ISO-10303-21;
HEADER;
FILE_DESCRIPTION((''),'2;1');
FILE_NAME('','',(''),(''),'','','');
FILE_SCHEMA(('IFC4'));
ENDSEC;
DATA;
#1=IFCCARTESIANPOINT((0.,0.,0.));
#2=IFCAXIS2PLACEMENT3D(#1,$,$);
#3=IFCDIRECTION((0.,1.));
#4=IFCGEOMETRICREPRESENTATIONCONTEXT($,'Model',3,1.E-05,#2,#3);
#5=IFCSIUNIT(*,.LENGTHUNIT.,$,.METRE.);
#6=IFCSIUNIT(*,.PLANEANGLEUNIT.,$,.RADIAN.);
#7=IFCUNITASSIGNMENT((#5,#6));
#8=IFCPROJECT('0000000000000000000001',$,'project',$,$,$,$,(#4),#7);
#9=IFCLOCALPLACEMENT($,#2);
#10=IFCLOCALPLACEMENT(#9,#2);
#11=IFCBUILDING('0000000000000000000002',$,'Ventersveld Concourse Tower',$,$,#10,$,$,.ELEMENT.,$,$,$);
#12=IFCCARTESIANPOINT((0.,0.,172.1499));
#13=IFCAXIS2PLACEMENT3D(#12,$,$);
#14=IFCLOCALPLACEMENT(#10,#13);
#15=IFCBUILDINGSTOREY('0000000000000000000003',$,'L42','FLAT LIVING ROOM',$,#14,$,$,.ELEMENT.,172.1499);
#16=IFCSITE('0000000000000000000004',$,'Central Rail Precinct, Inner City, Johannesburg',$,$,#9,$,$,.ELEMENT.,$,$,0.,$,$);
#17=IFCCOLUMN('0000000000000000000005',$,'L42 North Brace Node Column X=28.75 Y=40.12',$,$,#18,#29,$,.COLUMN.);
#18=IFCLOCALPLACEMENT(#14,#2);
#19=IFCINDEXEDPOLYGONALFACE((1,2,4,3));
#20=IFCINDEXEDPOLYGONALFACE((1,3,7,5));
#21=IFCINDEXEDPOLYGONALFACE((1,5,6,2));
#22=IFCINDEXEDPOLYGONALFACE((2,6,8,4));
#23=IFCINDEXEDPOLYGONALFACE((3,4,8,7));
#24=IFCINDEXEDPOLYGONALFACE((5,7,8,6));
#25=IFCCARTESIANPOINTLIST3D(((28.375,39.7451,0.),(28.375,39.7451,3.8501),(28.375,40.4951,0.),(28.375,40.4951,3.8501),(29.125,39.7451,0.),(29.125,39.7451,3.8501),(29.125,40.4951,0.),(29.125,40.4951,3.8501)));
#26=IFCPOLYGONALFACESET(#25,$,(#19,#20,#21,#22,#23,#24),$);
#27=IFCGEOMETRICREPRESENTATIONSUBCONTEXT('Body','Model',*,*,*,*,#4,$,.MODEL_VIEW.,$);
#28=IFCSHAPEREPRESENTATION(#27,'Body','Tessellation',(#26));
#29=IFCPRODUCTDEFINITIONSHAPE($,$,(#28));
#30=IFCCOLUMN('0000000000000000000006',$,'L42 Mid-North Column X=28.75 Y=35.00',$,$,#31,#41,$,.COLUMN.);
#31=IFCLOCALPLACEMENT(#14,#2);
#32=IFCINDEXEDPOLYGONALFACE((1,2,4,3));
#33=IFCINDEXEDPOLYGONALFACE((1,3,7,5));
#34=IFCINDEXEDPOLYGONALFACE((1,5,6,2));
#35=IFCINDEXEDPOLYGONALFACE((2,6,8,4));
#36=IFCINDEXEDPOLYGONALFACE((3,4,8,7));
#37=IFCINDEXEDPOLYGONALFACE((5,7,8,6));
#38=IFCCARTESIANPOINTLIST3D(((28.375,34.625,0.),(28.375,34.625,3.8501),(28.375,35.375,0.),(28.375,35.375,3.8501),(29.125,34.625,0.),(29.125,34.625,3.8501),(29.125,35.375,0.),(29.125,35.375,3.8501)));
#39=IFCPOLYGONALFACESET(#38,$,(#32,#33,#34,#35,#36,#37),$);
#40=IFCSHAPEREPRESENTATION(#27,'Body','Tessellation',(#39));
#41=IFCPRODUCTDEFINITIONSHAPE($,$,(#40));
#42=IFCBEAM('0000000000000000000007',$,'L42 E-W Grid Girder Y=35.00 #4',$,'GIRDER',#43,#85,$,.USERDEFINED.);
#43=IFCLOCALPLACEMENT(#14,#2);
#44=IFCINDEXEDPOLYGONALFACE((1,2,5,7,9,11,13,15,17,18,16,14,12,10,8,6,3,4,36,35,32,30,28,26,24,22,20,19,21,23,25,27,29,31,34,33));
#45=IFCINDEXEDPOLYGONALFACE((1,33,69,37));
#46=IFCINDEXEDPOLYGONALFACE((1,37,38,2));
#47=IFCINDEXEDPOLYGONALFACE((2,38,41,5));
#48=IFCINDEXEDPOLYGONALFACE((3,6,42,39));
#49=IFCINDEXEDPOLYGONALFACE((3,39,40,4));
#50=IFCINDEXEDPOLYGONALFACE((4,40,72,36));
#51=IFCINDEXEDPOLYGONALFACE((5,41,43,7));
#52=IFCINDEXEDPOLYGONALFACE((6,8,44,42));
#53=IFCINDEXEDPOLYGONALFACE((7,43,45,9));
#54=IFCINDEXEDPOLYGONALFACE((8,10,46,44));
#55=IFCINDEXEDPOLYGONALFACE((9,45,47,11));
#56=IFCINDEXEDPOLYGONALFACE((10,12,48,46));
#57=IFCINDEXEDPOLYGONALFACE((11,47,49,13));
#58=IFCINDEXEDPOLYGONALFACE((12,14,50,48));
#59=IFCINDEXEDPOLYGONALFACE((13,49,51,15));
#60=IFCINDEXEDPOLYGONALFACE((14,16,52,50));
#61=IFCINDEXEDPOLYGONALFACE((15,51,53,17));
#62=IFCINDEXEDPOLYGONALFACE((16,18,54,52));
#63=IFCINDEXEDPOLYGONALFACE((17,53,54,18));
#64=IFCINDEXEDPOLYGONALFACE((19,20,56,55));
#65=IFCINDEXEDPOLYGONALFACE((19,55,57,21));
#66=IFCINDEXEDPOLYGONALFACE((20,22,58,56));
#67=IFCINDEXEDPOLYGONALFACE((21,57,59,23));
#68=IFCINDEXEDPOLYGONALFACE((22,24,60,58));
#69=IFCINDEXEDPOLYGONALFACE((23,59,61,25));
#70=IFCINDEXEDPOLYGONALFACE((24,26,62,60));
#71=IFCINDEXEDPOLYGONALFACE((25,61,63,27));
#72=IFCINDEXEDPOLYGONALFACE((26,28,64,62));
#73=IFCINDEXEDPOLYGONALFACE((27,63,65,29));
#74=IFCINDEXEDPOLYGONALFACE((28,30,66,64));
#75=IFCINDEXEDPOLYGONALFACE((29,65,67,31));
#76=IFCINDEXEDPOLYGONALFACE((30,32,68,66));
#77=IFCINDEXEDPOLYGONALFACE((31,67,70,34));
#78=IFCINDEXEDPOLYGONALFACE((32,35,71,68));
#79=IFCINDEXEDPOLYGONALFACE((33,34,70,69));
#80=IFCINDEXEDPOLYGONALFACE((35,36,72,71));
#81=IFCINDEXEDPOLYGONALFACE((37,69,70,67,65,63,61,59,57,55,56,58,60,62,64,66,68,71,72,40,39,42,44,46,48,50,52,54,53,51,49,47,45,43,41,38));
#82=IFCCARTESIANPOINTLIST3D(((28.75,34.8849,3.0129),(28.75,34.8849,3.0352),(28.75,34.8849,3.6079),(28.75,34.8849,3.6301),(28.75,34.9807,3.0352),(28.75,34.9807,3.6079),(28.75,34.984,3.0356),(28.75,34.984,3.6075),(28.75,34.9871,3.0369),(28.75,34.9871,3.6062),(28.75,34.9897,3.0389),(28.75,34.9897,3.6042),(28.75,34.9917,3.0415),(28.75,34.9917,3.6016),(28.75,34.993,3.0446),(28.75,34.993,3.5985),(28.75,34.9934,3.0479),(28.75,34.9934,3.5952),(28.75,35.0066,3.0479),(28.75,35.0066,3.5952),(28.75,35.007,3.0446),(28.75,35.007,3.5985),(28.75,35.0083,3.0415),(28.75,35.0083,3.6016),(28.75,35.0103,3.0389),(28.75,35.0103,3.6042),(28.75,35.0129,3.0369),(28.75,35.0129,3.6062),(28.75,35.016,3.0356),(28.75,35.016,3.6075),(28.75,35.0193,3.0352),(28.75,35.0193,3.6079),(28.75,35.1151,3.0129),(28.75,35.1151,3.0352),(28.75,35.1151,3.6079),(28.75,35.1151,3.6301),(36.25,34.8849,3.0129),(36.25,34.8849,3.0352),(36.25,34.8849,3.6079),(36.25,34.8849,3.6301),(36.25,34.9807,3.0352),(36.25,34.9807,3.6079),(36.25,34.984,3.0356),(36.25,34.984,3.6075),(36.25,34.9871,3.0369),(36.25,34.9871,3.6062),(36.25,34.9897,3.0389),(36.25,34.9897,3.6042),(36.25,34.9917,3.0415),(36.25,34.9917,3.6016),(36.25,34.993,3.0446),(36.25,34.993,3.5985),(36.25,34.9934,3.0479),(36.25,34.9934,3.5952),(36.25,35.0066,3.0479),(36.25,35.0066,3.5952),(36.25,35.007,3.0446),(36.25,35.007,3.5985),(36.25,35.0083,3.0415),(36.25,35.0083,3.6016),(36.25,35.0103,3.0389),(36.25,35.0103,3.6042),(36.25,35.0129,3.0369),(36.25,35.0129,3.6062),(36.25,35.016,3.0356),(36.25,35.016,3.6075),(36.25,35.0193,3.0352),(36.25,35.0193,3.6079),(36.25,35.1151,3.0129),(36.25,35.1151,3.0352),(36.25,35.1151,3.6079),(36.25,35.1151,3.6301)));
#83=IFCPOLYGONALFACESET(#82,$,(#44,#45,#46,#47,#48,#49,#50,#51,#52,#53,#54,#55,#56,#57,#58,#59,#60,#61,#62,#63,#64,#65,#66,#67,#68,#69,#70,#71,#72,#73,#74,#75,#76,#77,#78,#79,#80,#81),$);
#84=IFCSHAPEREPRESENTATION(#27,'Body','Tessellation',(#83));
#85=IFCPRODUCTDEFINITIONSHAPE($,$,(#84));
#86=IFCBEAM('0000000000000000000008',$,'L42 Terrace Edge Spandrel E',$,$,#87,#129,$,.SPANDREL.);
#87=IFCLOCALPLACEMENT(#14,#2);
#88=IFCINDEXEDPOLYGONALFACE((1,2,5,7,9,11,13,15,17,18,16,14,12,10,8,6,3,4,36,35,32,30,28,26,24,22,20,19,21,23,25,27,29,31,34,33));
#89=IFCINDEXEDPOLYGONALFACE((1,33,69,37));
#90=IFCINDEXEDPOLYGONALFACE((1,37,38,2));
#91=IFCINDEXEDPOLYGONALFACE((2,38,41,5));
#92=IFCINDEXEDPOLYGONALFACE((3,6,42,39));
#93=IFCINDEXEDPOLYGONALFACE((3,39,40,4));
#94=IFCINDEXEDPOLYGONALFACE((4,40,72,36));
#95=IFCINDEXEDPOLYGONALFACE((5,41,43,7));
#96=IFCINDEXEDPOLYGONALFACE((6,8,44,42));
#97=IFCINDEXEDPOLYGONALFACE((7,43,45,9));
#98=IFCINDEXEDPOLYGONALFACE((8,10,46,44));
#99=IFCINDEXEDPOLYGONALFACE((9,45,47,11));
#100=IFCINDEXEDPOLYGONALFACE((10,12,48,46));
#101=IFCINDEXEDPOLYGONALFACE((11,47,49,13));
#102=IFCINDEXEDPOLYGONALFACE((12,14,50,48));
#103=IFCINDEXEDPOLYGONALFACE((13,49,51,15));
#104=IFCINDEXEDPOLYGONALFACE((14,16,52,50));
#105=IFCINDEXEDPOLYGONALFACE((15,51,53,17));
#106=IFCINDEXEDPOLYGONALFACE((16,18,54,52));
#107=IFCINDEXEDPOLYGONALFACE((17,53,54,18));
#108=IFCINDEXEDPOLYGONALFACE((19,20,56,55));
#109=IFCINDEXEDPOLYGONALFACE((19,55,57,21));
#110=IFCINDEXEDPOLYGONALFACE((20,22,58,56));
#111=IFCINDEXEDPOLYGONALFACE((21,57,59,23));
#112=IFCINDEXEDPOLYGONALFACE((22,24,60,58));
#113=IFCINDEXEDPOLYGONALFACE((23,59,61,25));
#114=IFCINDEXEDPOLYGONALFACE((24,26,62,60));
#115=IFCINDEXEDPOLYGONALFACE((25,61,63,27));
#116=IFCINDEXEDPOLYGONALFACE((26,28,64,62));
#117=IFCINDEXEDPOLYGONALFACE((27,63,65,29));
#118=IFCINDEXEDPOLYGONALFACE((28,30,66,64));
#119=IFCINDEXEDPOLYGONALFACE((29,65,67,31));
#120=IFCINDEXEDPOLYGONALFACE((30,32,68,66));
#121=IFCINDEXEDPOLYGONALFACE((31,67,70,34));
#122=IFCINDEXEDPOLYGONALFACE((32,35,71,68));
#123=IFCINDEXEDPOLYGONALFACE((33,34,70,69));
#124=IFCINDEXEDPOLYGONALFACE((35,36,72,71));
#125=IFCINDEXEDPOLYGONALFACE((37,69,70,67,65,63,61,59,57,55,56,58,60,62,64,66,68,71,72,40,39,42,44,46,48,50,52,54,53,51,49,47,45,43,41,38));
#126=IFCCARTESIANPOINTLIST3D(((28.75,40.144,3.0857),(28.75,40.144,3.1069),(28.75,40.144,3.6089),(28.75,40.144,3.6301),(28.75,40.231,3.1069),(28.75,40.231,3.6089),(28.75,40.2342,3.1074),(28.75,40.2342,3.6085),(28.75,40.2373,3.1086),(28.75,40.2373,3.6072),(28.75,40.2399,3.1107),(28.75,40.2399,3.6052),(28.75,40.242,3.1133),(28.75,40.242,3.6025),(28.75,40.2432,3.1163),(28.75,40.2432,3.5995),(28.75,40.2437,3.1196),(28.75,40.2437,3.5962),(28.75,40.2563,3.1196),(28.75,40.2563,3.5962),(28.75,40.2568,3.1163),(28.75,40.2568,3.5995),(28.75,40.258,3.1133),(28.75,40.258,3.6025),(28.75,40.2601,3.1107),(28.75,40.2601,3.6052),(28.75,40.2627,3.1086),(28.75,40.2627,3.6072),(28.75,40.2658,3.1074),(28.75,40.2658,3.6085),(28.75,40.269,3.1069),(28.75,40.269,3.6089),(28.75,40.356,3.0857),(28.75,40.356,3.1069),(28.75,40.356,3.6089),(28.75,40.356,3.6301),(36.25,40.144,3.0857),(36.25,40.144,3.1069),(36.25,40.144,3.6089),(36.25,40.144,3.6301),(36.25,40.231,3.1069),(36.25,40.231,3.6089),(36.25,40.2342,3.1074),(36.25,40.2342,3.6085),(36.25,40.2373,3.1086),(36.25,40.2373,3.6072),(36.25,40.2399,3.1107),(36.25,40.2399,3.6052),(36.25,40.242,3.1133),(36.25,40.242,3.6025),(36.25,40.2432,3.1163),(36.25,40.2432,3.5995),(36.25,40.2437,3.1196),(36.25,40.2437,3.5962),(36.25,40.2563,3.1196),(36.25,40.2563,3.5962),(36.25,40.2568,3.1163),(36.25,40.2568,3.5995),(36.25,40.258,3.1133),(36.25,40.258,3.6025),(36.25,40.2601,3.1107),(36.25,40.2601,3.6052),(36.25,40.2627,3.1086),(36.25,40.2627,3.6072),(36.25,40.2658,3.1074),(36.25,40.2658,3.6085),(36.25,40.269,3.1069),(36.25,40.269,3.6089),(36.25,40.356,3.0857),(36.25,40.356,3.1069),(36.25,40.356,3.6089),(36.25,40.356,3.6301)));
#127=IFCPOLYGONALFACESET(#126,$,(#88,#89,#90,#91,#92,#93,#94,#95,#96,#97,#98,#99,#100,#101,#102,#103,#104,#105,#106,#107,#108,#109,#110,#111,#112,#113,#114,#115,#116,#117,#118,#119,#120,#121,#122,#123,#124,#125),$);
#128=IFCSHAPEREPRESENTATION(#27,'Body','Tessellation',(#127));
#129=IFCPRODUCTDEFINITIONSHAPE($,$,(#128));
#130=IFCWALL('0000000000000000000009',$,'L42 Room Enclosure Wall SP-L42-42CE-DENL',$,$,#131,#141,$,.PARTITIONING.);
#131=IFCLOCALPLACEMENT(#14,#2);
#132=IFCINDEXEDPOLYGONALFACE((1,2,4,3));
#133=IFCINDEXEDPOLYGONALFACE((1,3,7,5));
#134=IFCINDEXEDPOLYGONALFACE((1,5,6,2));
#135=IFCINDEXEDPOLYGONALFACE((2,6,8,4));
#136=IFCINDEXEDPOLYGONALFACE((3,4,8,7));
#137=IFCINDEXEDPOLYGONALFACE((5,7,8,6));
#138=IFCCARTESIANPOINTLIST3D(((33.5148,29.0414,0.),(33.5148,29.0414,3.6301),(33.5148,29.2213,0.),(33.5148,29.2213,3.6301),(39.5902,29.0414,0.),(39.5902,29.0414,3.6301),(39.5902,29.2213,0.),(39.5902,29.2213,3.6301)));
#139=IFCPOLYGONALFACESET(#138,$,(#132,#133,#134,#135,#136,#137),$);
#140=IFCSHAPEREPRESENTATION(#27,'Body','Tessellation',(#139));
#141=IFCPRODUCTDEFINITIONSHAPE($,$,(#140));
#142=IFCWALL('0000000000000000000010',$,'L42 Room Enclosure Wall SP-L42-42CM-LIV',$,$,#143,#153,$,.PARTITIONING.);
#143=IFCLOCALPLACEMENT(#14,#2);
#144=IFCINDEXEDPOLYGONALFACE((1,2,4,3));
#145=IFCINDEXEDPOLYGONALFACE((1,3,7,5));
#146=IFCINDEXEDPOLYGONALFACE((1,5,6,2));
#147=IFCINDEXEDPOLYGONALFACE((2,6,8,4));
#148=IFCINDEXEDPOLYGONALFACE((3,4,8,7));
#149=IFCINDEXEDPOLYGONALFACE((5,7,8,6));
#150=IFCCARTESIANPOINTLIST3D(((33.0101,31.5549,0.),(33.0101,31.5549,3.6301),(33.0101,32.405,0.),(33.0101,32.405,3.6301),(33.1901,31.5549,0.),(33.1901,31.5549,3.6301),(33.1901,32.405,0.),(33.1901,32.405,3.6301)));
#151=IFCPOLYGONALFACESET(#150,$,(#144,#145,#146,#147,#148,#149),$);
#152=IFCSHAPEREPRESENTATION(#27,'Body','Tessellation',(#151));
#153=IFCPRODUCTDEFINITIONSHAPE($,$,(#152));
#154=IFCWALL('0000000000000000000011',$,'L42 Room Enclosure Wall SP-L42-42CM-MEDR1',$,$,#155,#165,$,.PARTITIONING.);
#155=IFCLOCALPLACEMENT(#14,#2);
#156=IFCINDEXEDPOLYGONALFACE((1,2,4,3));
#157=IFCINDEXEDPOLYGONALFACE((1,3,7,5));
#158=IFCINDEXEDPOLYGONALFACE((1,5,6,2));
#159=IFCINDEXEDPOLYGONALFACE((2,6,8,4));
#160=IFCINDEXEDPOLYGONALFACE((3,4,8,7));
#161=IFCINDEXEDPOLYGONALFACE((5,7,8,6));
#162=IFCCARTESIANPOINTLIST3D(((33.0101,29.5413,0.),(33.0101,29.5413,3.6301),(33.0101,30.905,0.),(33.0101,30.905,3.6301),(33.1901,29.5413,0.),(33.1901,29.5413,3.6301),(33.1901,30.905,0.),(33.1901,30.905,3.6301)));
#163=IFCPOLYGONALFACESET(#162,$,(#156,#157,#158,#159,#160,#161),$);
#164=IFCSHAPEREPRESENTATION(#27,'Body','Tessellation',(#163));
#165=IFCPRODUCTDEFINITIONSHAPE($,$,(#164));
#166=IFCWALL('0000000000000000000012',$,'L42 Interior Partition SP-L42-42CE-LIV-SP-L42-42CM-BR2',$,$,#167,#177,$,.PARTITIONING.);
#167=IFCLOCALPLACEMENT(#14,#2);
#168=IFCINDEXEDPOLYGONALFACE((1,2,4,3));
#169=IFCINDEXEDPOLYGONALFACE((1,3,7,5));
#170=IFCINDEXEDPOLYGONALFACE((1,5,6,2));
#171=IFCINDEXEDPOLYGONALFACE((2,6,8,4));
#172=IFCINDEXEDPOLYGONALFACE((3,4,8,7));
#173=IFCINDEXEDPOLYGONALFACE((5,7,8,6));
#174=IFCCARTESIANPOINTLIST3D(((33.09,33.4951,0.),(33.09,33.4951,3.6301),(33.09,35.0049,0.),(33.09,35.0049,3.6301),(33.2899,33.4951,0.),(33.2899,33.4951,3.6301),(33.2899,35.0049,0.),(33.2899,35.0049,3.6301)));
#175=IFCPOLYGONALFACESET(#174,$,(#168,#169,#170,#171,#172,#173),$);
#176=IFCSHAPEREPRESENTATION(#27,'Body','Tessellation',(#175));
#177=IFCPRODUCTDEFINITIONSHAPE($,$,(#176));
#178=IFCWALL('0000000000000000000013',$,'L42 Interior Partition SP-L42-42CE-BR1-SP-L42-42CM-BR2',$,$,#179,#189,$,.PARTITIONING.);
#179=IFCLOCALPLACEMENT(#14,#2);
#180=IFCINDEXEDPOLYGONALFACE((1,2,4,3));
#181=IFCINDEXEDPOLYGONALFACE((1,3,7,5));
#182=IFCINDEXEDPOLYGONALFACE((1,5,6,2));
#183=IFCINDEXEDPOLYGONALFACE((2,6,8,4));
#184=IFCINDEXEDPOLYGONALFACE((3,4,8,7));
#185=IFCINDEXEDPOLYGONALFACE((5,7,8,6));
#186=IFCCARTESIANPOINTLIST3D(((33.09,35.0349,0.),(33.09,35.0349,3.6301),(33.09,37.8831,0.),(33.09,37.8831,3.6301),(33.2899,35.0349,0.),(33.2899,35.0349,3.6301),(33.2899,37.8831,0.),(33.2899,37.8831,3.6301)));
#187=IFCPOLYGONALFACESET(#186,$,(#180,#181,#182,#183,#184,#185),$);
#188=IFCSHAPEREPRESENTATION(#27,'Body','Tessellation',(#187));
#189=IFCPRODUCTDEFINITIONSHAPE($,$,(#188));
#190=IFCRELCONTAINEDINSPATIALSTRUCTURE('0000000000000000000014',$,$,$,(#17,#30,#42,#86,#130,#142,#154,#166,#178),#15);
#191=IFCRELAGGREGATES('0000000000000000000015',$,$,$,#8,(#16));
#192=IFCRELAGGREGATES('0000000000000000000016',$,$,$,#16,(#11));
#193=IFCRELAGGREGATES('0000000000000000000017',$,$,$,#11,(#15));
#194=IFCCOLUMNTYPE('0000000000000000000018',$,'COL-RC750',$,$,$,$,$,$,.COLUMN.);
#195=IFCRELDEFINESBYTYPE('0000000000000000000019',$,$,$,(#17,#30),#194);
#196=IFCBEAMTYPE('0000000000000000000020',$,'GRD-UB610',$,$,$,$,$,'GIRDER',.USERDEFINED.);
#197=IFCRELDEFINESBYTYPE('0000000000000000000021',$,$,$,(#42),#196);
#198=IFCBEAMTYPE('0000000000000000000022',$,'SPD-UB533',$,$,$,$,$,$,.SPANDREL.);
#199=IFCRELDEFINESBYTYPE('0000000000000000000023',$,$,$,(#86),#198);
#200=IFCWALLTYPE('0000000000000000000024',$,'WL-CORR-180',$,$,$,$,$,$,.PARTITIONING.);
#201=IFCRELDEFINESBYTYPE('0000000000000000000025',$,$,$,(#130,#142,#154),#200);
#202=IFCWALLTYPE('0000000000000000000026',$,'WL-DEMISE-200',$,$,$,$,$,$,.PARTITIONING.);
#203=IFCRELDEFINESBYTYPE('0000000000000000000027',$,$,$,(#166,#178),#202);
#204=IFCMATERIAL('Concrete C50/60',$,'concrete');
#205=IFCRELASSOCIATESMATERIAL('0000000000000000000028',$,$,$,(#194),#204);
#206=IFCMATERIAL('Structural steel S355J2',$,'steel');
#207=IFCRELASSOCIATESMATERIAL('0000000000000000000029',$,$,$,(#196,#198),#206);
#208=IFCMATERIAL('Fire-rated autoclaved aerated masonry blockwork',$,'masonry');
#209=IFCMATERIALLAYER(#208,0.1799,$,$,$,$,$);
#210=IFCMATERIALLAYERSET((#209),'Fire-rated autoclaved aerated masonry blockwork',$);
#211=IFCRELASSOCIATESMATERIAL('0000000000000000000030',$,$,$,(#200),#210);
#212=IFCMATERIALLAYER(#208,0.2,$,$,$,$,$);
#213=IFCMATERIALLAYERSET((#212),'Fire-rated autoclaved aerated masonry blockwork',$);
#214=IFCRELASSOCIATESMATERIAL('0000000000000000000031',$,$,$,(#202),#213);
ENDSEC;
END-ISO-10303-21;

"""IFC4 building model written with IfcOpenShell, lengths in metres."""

from ifc_helpers import new_model, si_unit, direction, frame, frame_2d, origin, origin_2d, place, context, subcontext, project, spatial, rectangle, i_section, extrude, material, layer, layer_set, material_profile, profile_set, type_object, element, save


model = new_model("IFC4")

# Units and contexts
model_context = context("Model", 3, precision=1e-05, world=origin(), true_north=direction((0.0, 1.0)))
body_context = subcontext(model_context, "Body", "Model", "MODEL_VIEW")
ifc_project = project(units=[si_unit("LENGTHUNIT", "METRE"), si_unit("PLANEANGLEUNIT", "RADIAN")], contexts=[model_context])

# Site, building, storey
site_placement = place(None, origin())
site = spatial("IfcSite", under=ifc_project, at=site_placement, Name="Central Rail Precinct, Inner City, Johannesburg", CompositionType="ELEMENT", RefElevation=0.0)
building_placement = place(site_placement, origin())
building = spatial("IfcBuilding", under=site, at=building_placement, Name="Ventersveld Concourse Tower", CompositionType="ELEMENT")
storey_placement = place(building_placement, frame((0.0, 0.0, 172.1499)))
storey = spatial("IfcBuildingStorey", under=building, at=storey_placement, Name="L42", Description="FLAT LIVING ROOM", CompositionType="ELEMENT", Elevation=172.1499)

# Columns
ifc_material_1 = material(Name="Concrete C50/60", Category="concrete")
ifc_material_profile_1 = material_profile(ifc_material_1, rectangle(XDim=0.75, YDim=0.75, at=origin_2d()), Name="RC 750x750")
ifc_profile_set_1 = profile_set([ifc_material_profile_1], Name="Concrete C50/60")
column_type = type_object("IfcColumnType", Name="COL-RC750", PredefinedType="COLUMN", material=ifc_profile_set_1)
for number, where, z_axis, x_axis, name in (
    (1, (28.75, 40.1201, 0.0), (0.0, 0.0, 1.0), (1.0, 0.0, 0.0), "L42 North Brace Node Column X=28.75 Y=40.12"),
    (2, (28.75, 35.0, 0.0), (0.0, 0.0, 1.0), (1.0, 0.0, 0.0), "L42 Mid-North Column X=28.75 Y=35.00"),
):
    element("IfcColumn", number, at=place(storey_placement, frame(where, z_axis=z_axis, x_axis=x_axis)), inside=storey, type_object=column_type, Name=name, PredefinedType="COLUMN", context=body_context, shape_type="SweptSolid", body=[
        extrude(rectangle(XDim=0.75, YDim=0.75, at=origin_2d()), origin(), (0.0, 0.0, 1.0), 3.8501),
    ])

# Beams
ifc_material_2 = material(Name="Structural steel S355J2", Category="steel")
ifc_material_profile_2 = material_profile(ifc_material_2, i_section(OverallWidth=0.2302, OverallDepth=0.6172, WebThickness=0.0132, FlangeThickness=0.0222, FilletRadius=0.0127, at=origin_2d()), Name="UB 610x229x140")
ifc_profile_set_2 = profile_set([ifc_material_profile_2], Name="Structural steel S355J2")
beam_type_1 = type_object("IfcBeamType", Name="GRD-UB610", ElementType="GIRDER", PredefinedType="USERDEFINED", material=ifc_profile_set_2)
beam_1_placement = place(storey_placement, frame((28.75, 35.0, 3.3215), z_axis=(1.0, 0.0, 0.0), x_axis=(0.0, 1.0, 0.0)))
element("IfcBeam", 3, at=beam_1_placement, inside=storey, type_object=beam_type_1, Name="L42 E-W Grid Girder Y=35.00 #4", ObjectType="GIRDER", PredefinedType="USERDEFINED", context=body_context, shape_type="SweptSolid", body=[
    extrude(i_section(OverallWidth=0.2302, OverallDepth=0.6172, WebThickness=0.0132, FlangeThickness=0.0222, FilletRadius=0.0127, at=origin_2d()), origin(), (0.0, 0.0, 1.0), 7.5),
])
ifc_material_profile_3 = material_profile(ifc_material_2, i_section(OverallWidth=0.2119, OverallDepth=0.5444, WebThickness=0.0127, FlangeThickness=0.0212, FilletRadius=0.0127, at=origin_2d()), Name="UB 533x210x122")
ifc_profile_set_3 = profile_set([ifc_material_profile_3], Name="Structural steel S355J2")
beam_type_2 = type_object("IfcBeamType", Name="SPD-UB533", PredefinedType="SPANDREL", material=ifc_profile_set_3)
beam_2_placement = place(storey_placement, frame((28.75, 40.25, 3.3579), z_axis=(1.0, 0.0, 0.0), x_axis=(0.0, 1.0, 0.0)))
element("IfcBeam", 4, at=beam_2_placement, inside=storey, type_object=beam_type_2, Name="L42 Terrace Edge Spandrel E", PredefinedType="SPANDREL", context=body_context, shape_type="SweptSolid", body=[
    extrude(i_section(OverallWidth=0.2119, OverallDepth=0.5444, WebThickness=0.0127, FlangeThickness=0.0212, FilletRadius=0.0127, at=origin_2d()), origin(), (0.0, 0.0, 1.0), 7.5),
])

# Walls
ifc_material_3 = material(Name="Fire-rated autoclaved aerated masonry blockwork", Category="masonry")
ifc_layer_1 = layer(ifc_material_3, 0.1799)
ifc_layer_set_1 = layer_set([ifc_layer_1], Name="Fire-rated autoclaved aerated masonry blockwork")
wall_type_1 = type_object("IfcWallType", Name="WL-CORR-180", PredefinedType="PARTITIONING", material=ifc_layer_set_1)
wall_1_placement = place(storey_placement, frame((33.5149, 29.1313, 0.0), z_axis=(0.0, 0.0, 1.0), x_axis=(1.0, 0.0, 0.0)))
element("IfcWall", 5, at=wall_1_placement, inside=storey, type_object=wall_type_1, Name="L42 Room Enclosure Wall SP-L42-42CE-DENL", PredefinedType="PARTITIONING", context=body_context, shape_type="SweptSolid", body=[
    extrude(rectangle(XDim=6.0754, YDim=0.1799, at=frame_2d((3.0376, 0.0))), origin(), (0.0, 0.0, 1.0), 3.6301),
])
wall_2_placement = place(storey_placement, frame((33.1001, 32.405, 0.0), z_axis=(0.0, 0.0, 1.0), x_axis=(0.0, -1.0, 0.0)))
element("IfcWall", 6, at=wall_2_placement, inside=storey, type_object=wall_type_1, Name="L42 Room Enclosure Wall SP-L42-42CM-LIV", PredefinedType="PARTITIONING", context=body_context, shape_type="SweptSolid", body=[
    extrude(rectangle(XDim=0.8501, YDim=0.1799, at=frame_2d((0.425, 0.0))), origin(), (0.0, 0.0, 1.0), 3.6301),
])
wall_3_placement = place(storey_placement, frame((33.1001, 30.905, 0.0), z_axis=(0.0, 0.0, 1.0), x_axis=(0.0, -1.0, 0.0)))
element("IfcWall", 7, at=wall_3_placement, inside=storey, type_object=wall_type_1, Name="L42 Room Enclosure Wall SP-L42-42CM-MEDR1", PredefinedType="PARTITIONING", context=body_context, shape_type="SweptSolid", body=[
    extrude(rectangle(XDim=1.3638, YDim=0.1799, at=frame_2d((0.6819, 0.0))), origin(), (0.0, 0.0, 1.0), 3.6301),
])
ifc_layer_2 = layer(ifc_material_3, 0.2)
ifc_layer_set_2 = layer_set([ifc_layer_2], Name="Fire-rated autoclaved aerated masonry blockwork")
wall_type_2 = type_object("IfcWallType", Name="WL-DEMISE-200", PredefinedType="PARTITIONING", material=ifc_layer_set_2)
wall_4_placement = place(storey_placement, frame((33.1899, 33.4951, 0.0), z_axis=(0.0, 0.0, 1.0), x_axis=(0.0, 1.0, 0.0)))
element("IfcWall", 8, at=wall_4_placement, inside=storey, type_object=wall_type_2, Name="L42 Interior Partition SP-L42-42CE-LIV-SP-L42-42CM-BR2", PredefinedType="PARTITIONING", context=body_context, shape_type="SweptSolid", body=[
    extrude(rectangle(XDim=1.5098, YDim=0.2, at=frame_2d((0.7549, 0.0))), origin(), (0.0, 0.0, 1.0), 3.6301),
])
wall_5_placement = place(storey_placement, frame((33.1899, 35.0349, 0.0), z_axis=(0.0, 0.0, 1.0), x_axis=(0.0, 1.0, 0.0)))
element("IfcWall", 9, at=wall_5_placement, inside=storey, type_object=wall_type_2, Name="L42 Interior Partition SP-L42-42CE-BR1-SP-L42-42CM-BR2", PredefinedType="PARTITIONING", context=body_context, shape_type="SweptSolid", body=[
    extrude(rectangle(XDim=2.8481, YDim=0.2, at=frame_2d((1.4241, 0.0))), origin(), (0.0, 0.0, 1.0), 3.6301),
])

save(model, "model.ifc")
